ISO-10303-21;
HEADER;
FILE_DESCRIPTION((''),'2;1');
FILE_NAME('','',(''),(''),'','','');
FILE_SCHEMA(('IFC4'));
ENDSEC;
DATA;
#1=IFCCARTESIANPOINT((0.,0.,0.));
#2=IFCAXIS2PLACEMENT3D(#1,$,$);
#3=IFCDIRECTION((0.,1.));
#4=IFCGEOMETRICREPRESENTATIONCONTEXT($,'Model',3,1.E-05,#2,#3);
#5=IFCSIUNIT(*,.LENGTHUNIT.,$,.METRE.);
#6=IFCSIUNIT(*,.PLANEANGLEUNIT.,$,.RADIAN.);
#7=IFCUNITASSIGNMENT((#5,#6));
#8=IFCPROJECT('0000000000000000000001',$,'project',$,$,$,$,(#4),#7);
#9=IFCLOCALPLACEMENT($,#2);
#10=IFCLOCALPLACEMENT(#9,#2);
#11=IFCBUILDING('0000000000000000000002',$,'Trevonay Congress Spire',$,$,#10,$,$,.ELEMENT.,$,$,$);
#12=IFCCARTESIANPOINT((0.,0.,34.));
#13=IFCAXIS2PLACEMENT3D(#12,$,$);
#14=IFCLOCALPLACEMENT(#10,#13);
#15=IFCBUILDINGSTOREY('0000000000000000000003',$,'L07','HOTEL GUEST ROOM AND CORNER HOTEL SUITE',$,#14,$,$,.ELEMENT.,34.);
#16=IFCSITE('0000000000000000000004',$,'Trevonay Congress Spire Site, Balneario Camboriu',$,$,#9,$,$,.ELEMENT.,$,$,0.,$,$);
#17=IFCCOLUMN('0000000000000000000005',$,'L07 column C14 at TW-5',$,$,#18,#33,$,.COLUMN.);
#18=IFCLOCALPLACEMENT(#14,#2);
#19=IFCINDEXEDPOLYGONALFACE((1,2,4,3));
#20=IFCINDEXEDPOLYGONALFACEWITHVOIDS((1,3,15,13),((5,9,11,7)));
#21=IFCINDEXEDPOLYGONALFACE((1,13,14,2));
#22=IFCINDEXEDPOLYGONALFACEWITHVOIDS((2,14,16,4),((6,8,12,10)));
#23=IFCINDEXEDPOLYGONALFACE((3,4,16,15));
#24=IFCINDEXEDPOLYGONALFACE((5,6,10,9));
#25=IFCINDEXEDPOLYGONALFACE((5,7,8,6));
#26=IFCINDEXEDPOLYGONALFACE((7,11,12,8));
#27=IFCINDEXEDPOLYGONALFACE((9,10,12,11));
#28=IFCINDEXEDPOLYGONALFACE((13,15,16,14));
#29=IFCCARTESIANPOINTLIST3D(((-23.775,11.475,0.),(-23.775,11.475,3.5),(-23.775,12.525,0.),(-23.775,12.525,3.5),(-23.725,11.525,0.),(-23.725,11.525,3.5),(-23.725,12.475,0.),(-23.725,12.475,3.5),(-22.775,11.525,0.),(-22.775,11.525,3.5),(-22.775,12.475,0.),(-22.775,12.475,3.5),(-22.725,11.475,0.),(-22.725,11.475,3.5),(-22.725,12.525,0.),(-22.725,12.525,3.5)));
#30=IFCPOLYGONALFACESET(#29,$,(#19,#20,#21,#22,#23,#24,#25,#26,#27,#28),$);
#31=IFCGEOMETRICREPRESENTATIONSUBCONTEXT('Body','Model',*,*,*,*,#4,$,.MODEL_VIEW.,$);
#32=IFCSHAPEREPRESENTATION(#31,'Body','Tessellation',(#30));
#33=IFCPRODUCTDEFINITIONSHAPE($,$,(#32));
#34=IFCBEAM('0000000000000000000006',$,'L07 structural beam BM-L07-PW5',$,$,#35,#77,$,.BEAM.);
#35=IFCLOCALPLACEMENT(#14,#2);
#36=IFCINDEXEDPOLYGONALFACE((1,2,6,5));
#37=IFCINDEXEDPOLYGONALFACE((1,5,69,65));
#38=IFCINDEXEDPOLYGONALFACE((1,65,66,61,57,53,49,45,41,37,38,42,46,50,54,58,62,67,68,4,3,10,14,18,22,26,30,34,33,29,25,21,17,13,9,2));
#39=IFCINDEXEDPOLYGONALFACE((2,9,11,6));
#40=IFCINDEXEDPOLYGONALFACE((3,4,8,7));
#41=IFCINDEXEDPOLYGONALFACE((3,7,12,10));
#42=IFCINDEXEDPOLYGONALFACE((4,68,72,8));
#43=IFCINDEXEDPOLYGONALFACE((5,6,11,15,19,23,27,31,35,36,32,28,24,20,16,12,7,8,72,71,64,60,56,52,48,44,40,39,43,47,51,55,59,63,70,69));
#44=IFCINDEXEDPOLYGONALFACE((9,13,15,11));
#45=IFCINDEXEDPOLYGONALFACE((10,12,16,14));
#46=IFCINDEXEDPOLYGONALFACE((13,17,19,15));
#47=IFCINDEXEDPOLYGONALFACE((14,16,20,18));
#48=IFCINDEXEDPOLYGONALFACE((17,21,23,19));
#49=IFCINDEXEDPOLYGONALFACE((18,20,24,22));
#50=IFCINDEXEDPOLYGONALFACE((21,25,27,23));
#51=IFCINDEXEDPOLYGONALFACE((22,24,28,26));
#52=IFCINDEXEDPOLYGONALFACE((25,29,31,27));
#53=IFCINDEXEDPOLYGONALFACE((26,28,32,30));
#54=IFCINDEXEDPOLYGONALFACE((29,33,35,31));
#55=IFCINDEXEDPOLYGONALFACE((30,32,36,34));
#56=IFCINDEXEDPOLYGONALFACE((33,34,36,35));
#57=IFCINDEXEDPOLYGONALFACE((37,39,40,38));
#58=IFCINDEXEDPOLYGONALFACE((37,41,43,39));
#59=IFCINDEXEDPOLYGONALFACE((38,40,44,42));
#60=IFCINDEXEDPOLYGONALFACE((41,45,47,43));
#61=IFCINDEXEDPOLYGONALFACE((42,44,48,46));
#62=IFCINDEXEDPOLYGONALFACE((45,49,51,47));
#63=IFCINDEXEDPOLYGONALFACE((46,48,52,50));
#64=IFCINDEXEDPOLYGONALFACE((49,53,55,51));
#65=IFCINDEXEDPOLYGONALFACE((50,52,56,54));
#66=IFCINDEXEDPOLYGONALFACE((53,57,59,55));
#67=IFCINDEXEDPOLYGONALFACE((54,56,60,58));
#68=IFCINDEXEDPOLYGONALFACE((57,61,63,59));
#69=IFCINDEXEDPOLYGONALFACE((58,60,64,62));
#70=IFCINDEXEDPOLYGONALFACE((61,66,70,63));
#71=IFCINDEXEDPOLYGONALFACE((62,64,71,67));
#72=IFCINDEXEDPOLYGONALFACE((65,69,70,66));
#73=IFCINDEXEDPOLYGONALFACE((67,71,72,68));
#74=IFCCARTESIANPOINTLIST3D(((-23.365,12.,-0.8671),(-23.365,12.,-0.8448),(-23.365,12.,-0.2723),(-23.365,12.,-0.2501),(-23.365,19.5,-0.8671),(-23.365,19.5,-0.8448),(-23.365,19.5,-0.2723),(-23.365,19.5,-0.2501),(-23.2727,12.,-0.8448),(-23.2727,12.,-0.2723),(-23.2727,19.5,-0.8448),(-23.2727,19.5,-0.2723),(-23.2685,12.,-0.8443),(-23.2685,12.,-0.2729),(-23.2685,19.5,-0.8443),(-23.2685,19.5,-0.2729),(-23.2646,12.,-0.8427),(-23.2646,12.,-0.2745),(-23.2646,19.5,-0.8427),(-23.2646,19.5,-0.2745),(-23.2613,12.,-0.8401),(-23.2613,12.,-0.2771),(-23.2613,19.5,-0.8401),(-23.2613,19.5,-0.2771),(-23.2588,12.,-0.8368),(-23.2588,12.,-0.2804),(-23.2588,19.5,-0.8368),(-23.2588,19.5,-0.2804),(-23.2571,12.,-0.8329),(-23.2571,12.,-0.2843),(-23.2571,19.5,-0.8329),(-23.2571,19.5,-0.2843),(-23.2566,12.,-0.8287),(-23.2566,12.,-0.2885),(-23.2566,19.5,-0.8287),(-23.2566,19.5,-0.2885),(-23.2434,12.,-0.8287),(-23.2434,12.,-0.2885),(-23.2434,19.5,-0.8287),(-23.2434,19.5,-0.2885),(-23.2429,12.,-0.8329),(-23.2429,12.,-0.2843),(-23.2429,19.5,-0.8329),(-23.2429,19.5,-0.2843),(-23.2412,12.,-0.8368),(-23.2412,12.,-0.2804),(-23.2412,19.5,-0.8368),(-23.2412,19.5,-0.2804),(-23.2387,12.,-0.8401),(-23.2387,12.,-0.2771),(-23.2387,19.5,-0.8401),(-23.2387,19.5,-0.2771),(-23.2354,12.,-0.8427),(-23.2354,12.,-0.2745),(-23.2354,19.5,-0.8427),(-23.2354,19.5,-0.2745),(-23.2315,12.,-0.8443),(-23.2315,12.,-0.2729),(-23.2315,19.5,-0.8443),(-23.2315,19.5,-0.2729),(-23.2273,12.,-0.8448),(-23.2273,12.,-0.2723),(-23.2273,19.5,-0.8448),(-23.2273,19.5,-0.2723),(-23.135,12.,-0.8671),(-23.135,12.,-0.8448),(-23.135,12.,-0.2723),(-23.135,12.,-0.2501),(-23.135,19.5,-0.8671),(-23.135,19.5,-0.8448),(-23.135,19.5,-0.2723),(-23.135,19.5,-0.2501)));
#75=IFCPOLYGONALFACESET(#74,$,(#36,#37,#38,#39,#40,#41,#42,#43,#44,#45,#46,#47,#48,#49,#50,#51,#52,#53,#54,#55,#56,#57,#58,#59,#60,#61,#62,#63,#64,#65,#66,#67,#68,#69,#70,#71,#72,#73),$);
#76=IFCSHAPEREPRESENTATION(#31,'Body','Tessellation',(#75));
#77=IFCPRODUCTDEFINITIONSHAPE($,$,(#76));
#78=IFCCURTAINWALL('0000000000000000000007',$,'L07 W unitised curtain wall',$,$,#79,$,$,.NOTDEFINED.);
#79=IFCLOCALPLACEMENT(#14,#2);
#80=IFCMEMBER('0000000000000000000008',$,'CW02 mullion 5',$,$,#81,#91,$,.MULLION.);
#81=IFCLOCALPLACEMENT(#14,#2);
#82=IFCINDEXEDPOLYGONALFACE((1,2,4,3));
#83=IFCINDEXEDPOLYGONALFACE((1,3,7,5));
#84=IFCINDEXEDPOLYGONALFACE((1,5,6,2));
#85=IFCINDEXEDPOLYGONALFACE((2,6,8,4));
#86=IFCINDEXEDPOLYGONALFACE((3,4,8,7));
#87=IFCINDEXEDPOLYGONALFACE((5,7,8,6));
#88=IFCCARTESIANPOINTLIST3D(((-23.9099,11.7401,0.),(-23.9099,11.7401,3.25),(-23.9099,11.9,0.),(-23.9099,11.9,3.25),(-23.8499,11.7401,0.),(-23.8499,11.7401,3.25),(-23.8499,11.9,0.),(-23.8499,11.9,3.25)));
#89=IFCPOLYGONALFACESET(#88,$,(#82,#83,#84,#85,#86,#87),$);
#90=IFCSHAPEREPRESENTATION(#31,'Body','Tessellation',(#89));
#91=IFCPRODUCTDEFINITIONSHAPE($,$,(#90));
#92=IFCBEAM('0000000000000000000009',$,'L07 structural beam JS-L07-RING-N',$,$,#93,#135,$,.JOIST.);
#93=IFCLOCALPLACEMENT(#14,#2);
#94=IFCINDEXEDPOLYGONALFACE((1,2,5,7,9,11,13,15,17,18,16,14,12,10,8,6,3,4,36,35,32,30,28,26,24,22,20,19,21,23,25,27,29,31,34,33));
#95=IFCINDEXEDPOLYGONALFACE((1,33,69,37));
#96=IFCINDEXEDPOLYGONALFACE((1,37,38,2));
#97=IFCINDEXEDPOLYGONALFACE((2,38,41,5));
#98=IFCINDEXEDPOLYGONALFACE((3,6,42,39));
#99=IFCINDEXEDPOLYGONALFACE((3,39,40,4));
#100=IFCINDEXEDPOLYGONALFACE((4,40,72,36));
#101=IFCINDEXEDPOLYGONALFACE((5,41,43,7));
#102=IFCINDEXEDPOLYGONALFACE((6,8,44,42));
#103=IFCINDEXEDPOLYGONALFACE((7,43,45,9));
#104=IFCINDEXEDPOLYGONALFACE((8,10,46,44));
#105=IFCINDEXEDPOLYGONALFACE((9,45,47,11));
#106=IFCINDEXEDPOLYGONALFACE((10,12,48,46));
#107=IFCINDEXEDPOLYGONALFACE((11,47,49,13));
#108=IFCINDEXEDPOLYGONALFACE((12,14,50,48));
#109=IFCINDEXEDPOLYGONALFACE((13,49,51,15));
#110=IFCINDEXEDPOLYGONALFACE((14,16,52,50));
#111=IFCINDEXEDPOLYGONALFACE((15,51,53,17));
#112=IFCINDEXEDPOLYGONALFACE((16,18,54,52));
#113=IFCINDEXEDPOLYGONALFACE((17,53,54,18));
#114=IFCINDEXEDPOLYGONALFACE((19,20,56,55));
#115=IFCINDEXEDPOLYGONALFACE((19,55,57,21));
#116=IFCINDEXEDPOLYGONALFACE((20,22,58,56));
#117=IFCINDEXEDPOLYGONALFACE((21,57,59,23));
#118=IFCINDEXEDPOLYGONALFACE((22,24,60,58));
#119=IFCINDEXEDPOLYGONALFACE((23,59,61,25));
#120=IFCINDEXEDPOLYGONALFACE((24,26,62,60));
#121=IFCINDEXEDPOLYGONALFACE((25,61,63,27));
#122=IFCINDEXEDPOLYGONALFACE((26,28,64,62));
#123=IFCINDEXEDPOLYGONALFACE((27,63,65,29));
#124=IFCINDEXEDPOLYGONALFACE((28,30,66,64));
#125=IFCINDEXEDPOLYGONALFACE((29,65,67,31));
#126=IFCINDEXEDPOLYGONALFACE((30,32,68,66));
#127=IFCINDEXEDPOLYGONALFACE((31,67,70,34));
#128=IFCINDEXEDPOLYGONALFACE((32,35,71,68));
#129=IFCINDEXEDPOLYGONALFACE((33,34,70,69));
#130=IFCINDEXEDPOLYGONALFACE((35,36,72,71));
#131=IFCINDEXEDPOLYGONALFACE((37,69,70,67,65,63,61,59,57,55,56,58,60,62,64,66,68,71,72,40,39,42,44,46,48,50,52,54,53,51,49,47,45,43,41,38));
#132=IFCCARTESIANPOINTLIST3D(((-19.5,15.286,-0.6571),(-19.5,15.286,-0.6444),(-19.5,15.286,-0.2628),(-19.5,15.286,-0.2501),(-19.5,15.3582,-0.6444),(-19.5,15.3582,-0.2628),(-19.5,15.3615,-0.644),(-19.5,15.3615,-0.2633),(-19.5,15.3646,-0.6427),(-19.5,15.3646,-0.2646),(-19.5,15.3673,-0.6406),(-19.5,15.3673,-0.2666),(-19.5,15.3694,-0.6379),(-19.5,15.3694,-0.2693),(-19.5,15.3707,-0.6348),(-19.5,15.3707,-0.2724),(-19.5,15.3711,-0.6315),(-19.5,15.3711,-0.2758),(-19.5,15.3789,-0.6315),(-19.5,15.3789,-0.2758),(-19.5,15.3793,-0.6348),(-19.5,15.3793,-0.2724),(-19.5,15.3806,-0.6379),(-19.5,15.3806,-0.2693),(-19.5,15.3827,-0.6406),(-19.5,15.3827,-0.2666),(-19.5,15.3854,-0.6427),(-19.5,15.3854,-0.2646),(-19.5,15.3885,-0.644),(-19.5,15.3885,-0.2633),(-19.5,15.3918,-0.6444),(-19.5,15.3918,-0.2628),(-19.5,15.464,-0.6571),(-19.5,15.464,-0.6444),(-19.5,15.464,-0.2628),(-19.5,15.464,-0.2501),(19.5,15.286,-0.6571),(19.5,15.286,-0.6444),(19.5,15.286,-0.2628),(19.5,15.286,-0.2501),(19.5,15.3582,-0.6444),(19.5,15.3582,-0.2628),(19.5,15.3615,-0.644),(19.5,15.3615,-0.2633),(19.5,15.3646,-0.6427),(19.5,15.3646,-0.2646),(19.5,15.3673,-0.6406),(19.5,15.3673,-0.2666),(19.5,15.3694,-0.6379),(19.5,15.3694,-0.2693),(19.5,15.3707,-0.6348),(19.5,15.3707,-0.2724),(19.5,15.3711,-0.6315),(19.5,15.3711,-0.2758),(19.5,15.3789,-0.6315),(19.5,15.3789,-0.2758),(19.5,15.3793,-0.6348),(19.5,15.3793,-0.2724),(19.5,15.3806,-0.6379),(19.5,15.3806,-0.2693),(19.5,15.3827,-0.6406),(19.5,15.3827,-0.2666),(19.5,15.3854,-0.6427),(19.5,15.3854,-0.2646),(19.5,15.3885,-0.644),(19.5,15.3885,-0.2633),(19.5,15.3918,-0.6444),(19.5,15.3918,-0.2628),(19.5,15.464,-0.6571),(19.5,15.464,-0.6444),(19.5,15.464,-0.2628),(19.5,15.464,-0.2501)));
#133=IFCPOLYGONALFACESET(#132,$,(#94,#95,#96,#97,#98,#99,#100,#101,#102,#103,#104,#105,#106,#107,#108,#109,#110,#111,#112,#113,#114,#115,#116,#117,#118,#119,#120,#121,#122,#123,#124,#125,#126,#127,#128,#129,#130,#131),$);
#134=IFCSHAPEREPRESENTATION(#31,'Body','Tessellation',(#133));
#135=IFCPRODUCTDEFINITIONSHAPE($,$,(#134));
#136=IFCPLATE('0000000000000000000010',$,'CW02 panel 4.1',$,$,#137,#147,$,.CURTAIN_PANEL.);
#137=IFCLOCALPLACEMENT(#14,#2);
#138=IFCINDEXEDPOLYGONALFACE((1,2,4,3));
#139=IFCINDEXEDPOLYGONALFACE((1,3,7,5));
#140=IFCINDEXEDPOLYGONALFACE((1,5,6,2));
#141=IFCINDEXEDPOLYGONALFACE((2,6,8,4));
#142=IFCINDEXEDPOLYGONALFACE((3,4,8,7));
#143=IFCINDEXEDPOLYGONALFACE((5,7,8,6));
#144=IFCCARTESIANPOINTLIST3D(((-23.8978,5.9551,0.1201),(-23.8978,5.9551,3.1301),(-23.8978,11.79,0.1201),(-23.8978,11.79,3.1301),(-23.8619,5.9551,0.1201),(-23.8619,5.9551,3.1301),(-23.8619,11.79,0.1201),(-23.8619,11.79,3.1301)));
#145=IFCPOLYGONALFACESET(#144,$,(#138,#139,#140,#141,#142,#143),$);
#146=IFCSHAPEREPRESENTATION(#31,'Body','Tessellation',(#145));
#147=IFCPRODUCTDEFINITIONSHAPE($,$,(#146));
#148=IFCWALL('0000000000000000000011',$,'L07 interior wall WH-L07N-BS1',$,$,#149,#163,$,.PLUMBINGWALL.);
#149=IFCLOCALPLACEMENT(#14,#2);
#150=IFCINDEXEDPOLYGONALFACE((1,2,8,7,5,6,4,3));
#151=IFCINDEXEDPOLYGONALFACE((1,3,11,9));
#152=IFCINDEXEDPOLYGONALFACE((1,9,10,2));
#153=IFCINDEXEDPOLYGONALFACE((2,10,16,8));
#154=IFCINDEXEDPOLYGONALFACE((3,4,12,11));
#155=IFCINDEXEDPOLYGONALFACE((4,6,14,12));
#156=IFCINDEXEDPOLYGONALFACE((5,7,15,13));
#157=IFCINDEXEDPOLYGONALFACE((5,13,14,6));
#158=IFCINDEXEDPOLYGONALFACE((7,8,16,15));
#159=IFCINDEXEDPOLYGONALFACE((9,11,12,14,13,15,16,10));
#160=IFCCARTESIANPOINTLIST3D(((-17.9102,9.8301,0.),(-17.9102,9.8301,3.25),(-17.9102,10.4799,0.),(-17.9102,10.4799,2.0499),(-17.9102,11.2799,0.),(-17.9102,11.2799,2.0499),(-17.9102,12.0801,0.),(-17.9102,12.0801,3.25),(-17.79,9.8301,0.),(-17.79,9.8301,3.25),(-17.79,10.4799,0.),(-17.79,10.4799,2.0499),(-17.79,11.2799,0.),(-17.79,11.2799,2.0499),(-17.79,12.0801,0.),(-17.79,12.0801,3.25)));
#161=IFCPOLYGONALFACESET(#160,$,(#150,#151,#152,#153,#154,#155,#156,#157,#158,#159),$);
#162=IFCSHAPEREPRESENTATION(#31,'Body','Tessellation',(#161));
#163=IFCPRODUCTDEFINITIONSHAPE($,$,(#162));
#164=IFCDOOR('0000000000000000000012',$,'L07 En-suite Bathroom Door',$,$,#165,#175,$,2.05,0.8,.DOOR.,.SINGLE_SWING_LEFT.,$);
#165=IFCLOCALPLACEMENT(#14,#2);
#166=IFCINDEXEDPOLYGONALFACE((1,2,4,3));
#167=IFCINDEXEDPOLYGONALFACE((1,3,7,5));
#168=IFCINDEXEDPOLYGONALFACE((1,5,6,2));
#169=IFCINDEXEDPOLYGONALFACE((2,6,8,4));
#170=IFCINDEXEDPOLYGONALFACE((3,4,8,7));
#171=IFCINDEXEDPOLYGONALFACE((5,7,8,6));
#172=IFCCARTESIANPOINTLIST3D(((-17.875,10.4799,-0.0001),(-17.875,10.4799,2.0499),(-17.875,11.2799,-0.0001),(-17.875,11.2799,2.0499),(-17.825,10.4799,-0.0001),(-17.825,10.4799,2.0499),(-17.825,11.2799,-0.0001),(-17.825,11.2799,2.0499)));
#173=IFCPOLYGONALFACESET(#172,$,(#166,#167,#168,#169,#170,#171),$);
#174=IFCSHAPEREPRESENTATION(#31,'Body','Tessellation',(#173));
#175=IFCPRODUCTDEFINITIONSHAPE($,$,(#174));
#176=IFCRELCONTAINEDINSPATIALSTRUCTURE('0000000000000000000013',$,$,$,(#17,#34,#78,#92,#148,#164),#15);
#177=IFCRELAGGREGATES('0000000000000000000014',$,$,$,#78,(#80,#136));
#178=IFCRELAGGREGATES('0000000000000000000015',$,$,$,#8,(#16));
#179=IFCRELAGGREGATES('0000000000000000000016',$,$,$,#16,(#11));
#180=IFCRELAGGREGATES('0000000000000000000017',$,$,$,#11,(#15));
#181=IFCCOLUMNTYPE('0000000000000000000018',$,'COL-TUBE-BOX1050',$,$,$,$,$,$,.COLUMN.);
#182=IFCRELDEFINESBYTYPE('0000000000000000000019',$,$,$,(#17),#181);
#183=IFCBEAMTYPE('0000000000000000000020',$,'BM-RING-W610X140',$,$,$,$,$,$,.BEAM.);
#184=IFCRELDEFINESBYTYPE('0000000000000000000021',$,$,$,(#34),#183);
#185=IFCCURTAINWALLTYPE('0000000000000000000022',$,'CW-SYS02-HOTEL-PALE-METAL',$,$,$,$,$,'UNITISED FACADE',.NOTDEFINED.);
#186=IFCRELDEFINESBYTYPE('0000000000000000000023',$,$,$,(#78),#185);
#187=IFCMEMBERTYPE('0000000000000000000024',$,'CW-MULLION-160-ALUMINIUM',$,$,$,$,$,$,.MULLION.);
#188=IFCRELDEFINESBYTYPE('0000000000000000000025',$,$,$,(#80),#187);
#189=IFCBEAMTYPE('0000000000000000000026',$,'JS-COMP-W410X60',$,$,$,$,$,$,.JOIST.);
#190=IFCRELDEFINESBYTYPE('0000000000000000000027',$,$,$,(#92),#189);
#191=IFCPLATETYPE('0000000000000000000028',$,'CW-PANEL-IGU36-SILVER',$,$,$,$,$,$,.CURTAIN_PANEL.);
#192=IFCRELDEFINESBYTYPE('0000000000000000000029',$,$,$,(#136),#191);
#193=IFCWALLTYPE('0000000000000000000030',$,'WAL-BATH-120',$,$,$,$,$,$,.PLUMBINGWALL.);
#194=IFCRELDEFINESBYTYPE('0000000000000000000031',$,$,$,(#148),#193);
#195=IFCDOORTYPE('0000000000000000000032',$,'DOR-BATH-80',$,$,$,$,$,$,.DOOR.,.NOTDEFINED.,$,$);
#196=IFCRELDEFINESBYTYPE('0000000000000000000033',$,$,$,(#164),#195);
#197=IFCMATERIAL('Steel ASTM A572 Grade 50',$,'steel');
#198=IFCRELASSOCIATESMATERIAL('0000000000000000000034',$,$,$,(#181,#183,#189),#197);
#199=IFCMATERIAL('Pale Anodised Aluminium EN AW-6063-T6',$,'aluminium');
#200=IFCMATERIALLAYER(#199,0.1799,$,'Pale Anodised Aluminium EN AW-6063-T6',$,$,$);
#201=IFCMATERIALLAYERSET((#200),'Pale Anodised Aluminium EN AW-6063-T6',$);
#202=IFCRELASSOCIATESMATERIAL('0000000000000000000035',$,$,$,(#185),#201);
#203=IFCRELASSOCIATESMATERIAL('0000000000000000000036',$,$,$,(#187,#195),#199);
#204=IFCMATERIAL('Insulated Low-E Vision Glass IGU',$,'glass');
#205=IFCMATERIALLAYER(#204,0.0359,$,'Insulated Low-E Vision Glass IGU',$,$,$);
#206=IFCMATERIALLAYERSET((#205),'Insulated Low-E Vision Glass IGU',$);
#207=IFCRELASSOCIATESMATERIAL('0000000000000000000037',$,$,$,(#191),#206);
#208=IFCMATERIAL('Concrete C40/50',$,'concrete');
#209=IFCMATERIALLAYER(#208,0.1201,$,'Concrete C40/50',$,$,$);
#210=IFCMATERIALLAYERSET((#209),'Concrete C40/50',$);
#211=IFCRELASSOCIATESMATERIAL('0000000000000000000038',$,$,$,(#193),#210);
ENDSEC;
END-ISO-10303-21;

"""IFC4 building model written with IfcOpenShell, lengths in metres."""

from ifc_helpers import new_model, si_unit, direction, frame, frame_2d, origin, origin_2d, place, context, subcontext, project, spatial, rectangle, hollow_rectangle, i_section, extrude, material, layer, layer_set, material_profile, profile_set, type_object, element, fill, aggregate, save


model = new_model("IFC4")

# Units and contexts
model_context = context("Model", 3, precision=1e-05, world=origin(), true_north=direction((0.0, 1.0)))
body_context = subcontext(model_context, "Body", "Model", "MODEL_VIEW")
ifc_project = project(units=[si_unit("LENGTHUNIT", "METRE"), si_unit("PLANEANGLEUNIT", "RADIAN")], contexts=[model_context])

# Site, building, storey
site_placement = place(None, origin())
site = spatial("IfcSite", under=ifc_project, at=site_placement, Name="Trevonay Congress Spire Site, Balneario Camboriu", CompositionType="ELEMENT", RefElevation=0.0)
building_placement = place(site_placement, origin())
building = spatial("IfcBuilding", under=site, at=building_placement, Name="Trevonay Congress Spire", CompositionType="ELEMENT")
storey_placement = place(building_placement, frame((0.0, 0.0, 34.0)))
storey = spatial("IfcBuildingStorey", under=building, at=storey_placement, Name="L07", Description="HOTEL GUEST ROOM AND CORNER HOTEL SUITE", CompositionType="ELEMENT", Elevation=34.0)

# Column
ifc_material_1 = material(Name="Steel ASTM A572 Grade 50", Category="steel")
ifc_material_profile_1 = material_profile(ifc_material_1, hollow_rectangle(XDim=1.05, YDim=1.05, WallThickness=0.05, at=origin_2d()), Name="BOX 1050x1050x50")
ifc_profile_set_1 = profile_set([ifc_material_profile_1], Name="Steel ASTM A572 Grade 50")
column_type = type_object("IfcColumnType", Name="COL-TUBE-BOX1050", PredefinedType="COLUMN", material=ifc_profile_set_1)
column_placement = place(storey_placement, frame((-23.25, 12.0, 0.0), z_axis=(0.0, 0.0, 1.0), x_axis=(1.0, 0.0, 0.0)))
element("IfcColumn", 1, at=column_placement, inside=storey, type_object=column_type, Name="L07 column C14 at TW-5", PredefinedType="COLUMN", context=body_context, shape_type="SweptSolid", body=[
    extrude(hollow_rectangle(XDim=1.05, YDim=1.05, WallThickness=0.05, at=origin_2d()), origin(), (0.0, 0.0, 1.0), 3.5),
])

# Beam
ifc_material_profile_2 = material_profile(ifc_material_1, i_section(OverallWidth=0.23, OverallDepth=0.6169, WebThickness=0.0132, FlangeThickness=0.0222, FilletRadius=0.0161, at=origin_2d()), Name="W610x140")
ifc_profile_set_2 = profile_set([ifc_material_profile_2], Name="Steel ASTM A572 Grade 50")
beam_type_1 = type_object("IfcBeamType", Name="BM-RING-W610X140", PredefinedType="BEAM", material=ifc_profile_set_2)
beam_1_placement = place(storey_placement, frame((-23.25, 12.0, -0.5586), z_axis=(0.0, 1.0, 0.0), x_axis=(-1.0, 0.0, 0.0)))
element("IfcBeam", 2, at=beam_1_placement, inside=storey, type_object=beam_type_1, Name="L07 structural beam BM-L07-PW5", PredefinedType="BEAM", context=body_context, shape_type="SweptSolid", body=[
    extrude(i_section(OverallWidth=0.23, OverallDepth=0.6169, WebThickness=0.0132, FlangeThickness=0.0222, FilletRadius=0.0161, at=origin_2d()), origin(), (0.0, 0.0, 1.0), 7.5),
])

# Curtain wall, member
ifc_material_2 = material(Name="Pale Anodised Aluminium EN AW-6063-T6", Category="aluminium")
ifc_layer_1 = layer(ifc_material_2, 0.1799, Name="Pale Anodised Aluminium EN AW-6063-T6")
ifc_layer_set_1 = layer_set([ifc_layer_1], Name="Pale Anodised Aluminium EN AW-6063-T6")
curtain_wall_type = type_object("IfcCurtainWallType", Name="CW-SYS02-HOTEL-PALE-METAL", ElementType="UNITISED FACADE", PredefinedType="NOTDEFINED", material=ifc_layer_set_1)
curtain_wall_placement = place(storey_placement, origin())
curtain_wall = element("IfcCurtainWall", 3, at=curtain_wall_placement, inside=storey, type_object=curtain_wall_type, Name="L07 W unitised curtain wall", PredefinedType="NOTDEFINED")
ifc_material_profile_3 = material_profile(ifc_material_2, rectangle(XDim=0.0601, YDim=0.1599, at=origin_2d()), Name="CW-MULLION-160-ALUMINIUM")
ifc_profile_set_3 = profile_set([ifc_material_profile_3], Name="Pale Anodised Aluminium EN AW-6063-T6")
member_type = type_object("IfcMemberType", Name="CW-MULLION-160-ALUMINIUM", PredefinedType="MULLION", material=ifc_profile_set_3)
member_placement = place(storey_placement, frame((-23.8799, 11.8201, 0.0), z_axis=(0.0, 0.0, 1.0), x_axis=(-1.0, 0.0, 0.0)))
member = element("IfcMember", 4, at=member_placement, type_object=member_type, Name="CW02 mullion 5", PredefinedType="MULLION", context=body_context, shape_type="SweptSolid", body=[
    extrude(rectangle(XDim=0.0601, YDim=0.1599, at=origin_2d()), origin(), (0.0, 0.0, 1.0), 3.25),
])

# Beam
ifc_material_profile_4 = material_profile(ifc_material_1, i_section(OverallWidth=0.178, OverallDepth=0.407, WebThickness=0.0078, FlangeThickness=0.0127, FilletRadius=0.0129, at=origin_2d()), Name="W410x60")
ifc_profile_set_4 = profile_set([ifc_material_profile_4], Name="Steel ASTM A572 Grade 50")
beam_type_2 = type_object("IfcBeamType", Name="JS-COMP-W410X60", PredefinedType="JOIST", material=ifc_profile_set_4)
beam_2_placement = place(storey_placement, frame((-19.5, 15.375, -0.4536), z_axis=(1.0, 0.0, 0.0), x_axis=(0.0, 1.0, 0.0)))
element("IfcBeam", 5, at=beam_2_placement, inside=storey, type_object=beam_type_2, Name="L07 structural beam JS-L07-RING-N", PredefinedType="JOIST", context=body_context, shape_type="SweptSolid", body=[
    extrude(i_section(OverallWidth=0.178, OverallDepth=0.407, WebThickness=0.0078, FlangeThickness=0.0127, FilletRadius=0.0129, at=origin_2d()), origin(), (0.0, 0.0, 1.0), 39.0),
])

# Plate
ifc_material_3 = material(Name="Insulated Low-E Vision Glass IGU", Category="glass")
ifc_layer_2 = layer(ifc_material_3, 0.0359, Name="Insulated Low-E Vision Glass IGU")
ifc_layer_set_2 = layer_set([ifc_layer_2], Name="Insulated Low-E Vision Glass IGU")
plate_type = type_object("IfcPlateType", Name="CW-PANEL-IGU36-SILVER", PredefinedType="CURTAIN_PANEL", material=ifc_layer_set_2)
plate_placement = place(storey_placement, frame((-23.8799, 8.8726, 0.1201), z_axis=(0.0, 0.0, 1.0), x_axis=(0.0, 1.0, 0.0)))
plate = element("IfcPlate", 6, at=plate_placement, type_object=plate_type, Name="CW02 panel 4.1", PredefinedType="CURTAIN_PANEL", context=body_context, shape_type="SweptSolid", body=[
    extrude(rectangle(XDim=5.835, YDim=0.0359, at=origin_2d()), origin(), (0.0, 0.0, 1.0), 3.01),
])
aggregate(curtain_wall, [member, plate])

# Wall, opening, door
ifc_material_4 = material(Name="Concrete C40/50", Category="concrete")
ifc_layer_3 = layer(ifc_material_4, 0.1201, Name="Concrete C40/50")
ifc_layer_set_3 = layer_set([ifc_layer_3], Name="Concrete C40/50")
wall_type_1 = type_object("IfcWallType", Name="WAL-BATH-120", PredefinedType="PLUMBINGWALL", material=ifc_layer_set_3)
wall_1_placement = place(storey_placement, frame((-17.8501, 9.8301, 0.0), z_axis=(0.0, 0.0, 1.0), x_axis=(0.0, 1.0, 0.0)))
wall_1 = element("IfcWall", 7, at=wall_1_placement, inside=storey, type_object=wall_type_1, Name="L07 interior wall WH-L07N-BS1", PredefinedType="PLUMBINGWALL", context=body_context, shape_type="SweptSolid", body=[
    extrude(rectangle(XDim=2.25, YDim=0.1201, at=frame_2d((1.125, 0.0))), origin(), (0.0, 0.0, 1.0), 3.25),
])
opening_1_placement = place(wall_1_placement, frame((0.6499, 0.0, 0.0)))
opening_1 = element("IfcOpeningElement", 8, at=opening_1_placement, cuts=wall_1, PredefinedType="OPENING", context=body_context, shape_type="SweptSolid", body=[
    extrude(rectangle(XDim=0.8, YDim=2.05, at=frame_2d((0.3999, 1.0249))), frame((0.0, 0.0701, 0.0), z_axis=(0.0, -1.0, 0.0), x_axis=(1.0, 0.0, 0.0)), (0.0, 0.0, 1.0), 0.1401),
])
door_type_1 = type_object("IfcDoorType", Name="DOR-BATH-80", OperationType="NOTDEFINED", PredefinedType="DOOR", material=ifc_material_2)
door_1_placement = place(opening_1_placement, origin())
door_1 = element("IfcDoor", 9, at=door_1_placement, inside=storey, type_object=door_type_1, Name="L07 En-suite Bathroom Door", OperationType="SINGLE_SWING_LEFT", OverallHeight=2.05, OverallWidth=0.8, PredefinedType="DOOR", context=body_context, shape_type="SweptSolid", body=[
    extrude(rectangle(XDim=0.8, YDim=2.05, at=frame_2d((0.3999, 1.0249))), frame((0.0, 0.0249, 0.0), z_axis=(0.0, -1.0, 0.0), x_axis=(1.0, 0.0, 0.0)), (0.0, 0.0, 1.0), 0.05),
])
fill(opening_1, door_1)

save(model, "model.ifc")
